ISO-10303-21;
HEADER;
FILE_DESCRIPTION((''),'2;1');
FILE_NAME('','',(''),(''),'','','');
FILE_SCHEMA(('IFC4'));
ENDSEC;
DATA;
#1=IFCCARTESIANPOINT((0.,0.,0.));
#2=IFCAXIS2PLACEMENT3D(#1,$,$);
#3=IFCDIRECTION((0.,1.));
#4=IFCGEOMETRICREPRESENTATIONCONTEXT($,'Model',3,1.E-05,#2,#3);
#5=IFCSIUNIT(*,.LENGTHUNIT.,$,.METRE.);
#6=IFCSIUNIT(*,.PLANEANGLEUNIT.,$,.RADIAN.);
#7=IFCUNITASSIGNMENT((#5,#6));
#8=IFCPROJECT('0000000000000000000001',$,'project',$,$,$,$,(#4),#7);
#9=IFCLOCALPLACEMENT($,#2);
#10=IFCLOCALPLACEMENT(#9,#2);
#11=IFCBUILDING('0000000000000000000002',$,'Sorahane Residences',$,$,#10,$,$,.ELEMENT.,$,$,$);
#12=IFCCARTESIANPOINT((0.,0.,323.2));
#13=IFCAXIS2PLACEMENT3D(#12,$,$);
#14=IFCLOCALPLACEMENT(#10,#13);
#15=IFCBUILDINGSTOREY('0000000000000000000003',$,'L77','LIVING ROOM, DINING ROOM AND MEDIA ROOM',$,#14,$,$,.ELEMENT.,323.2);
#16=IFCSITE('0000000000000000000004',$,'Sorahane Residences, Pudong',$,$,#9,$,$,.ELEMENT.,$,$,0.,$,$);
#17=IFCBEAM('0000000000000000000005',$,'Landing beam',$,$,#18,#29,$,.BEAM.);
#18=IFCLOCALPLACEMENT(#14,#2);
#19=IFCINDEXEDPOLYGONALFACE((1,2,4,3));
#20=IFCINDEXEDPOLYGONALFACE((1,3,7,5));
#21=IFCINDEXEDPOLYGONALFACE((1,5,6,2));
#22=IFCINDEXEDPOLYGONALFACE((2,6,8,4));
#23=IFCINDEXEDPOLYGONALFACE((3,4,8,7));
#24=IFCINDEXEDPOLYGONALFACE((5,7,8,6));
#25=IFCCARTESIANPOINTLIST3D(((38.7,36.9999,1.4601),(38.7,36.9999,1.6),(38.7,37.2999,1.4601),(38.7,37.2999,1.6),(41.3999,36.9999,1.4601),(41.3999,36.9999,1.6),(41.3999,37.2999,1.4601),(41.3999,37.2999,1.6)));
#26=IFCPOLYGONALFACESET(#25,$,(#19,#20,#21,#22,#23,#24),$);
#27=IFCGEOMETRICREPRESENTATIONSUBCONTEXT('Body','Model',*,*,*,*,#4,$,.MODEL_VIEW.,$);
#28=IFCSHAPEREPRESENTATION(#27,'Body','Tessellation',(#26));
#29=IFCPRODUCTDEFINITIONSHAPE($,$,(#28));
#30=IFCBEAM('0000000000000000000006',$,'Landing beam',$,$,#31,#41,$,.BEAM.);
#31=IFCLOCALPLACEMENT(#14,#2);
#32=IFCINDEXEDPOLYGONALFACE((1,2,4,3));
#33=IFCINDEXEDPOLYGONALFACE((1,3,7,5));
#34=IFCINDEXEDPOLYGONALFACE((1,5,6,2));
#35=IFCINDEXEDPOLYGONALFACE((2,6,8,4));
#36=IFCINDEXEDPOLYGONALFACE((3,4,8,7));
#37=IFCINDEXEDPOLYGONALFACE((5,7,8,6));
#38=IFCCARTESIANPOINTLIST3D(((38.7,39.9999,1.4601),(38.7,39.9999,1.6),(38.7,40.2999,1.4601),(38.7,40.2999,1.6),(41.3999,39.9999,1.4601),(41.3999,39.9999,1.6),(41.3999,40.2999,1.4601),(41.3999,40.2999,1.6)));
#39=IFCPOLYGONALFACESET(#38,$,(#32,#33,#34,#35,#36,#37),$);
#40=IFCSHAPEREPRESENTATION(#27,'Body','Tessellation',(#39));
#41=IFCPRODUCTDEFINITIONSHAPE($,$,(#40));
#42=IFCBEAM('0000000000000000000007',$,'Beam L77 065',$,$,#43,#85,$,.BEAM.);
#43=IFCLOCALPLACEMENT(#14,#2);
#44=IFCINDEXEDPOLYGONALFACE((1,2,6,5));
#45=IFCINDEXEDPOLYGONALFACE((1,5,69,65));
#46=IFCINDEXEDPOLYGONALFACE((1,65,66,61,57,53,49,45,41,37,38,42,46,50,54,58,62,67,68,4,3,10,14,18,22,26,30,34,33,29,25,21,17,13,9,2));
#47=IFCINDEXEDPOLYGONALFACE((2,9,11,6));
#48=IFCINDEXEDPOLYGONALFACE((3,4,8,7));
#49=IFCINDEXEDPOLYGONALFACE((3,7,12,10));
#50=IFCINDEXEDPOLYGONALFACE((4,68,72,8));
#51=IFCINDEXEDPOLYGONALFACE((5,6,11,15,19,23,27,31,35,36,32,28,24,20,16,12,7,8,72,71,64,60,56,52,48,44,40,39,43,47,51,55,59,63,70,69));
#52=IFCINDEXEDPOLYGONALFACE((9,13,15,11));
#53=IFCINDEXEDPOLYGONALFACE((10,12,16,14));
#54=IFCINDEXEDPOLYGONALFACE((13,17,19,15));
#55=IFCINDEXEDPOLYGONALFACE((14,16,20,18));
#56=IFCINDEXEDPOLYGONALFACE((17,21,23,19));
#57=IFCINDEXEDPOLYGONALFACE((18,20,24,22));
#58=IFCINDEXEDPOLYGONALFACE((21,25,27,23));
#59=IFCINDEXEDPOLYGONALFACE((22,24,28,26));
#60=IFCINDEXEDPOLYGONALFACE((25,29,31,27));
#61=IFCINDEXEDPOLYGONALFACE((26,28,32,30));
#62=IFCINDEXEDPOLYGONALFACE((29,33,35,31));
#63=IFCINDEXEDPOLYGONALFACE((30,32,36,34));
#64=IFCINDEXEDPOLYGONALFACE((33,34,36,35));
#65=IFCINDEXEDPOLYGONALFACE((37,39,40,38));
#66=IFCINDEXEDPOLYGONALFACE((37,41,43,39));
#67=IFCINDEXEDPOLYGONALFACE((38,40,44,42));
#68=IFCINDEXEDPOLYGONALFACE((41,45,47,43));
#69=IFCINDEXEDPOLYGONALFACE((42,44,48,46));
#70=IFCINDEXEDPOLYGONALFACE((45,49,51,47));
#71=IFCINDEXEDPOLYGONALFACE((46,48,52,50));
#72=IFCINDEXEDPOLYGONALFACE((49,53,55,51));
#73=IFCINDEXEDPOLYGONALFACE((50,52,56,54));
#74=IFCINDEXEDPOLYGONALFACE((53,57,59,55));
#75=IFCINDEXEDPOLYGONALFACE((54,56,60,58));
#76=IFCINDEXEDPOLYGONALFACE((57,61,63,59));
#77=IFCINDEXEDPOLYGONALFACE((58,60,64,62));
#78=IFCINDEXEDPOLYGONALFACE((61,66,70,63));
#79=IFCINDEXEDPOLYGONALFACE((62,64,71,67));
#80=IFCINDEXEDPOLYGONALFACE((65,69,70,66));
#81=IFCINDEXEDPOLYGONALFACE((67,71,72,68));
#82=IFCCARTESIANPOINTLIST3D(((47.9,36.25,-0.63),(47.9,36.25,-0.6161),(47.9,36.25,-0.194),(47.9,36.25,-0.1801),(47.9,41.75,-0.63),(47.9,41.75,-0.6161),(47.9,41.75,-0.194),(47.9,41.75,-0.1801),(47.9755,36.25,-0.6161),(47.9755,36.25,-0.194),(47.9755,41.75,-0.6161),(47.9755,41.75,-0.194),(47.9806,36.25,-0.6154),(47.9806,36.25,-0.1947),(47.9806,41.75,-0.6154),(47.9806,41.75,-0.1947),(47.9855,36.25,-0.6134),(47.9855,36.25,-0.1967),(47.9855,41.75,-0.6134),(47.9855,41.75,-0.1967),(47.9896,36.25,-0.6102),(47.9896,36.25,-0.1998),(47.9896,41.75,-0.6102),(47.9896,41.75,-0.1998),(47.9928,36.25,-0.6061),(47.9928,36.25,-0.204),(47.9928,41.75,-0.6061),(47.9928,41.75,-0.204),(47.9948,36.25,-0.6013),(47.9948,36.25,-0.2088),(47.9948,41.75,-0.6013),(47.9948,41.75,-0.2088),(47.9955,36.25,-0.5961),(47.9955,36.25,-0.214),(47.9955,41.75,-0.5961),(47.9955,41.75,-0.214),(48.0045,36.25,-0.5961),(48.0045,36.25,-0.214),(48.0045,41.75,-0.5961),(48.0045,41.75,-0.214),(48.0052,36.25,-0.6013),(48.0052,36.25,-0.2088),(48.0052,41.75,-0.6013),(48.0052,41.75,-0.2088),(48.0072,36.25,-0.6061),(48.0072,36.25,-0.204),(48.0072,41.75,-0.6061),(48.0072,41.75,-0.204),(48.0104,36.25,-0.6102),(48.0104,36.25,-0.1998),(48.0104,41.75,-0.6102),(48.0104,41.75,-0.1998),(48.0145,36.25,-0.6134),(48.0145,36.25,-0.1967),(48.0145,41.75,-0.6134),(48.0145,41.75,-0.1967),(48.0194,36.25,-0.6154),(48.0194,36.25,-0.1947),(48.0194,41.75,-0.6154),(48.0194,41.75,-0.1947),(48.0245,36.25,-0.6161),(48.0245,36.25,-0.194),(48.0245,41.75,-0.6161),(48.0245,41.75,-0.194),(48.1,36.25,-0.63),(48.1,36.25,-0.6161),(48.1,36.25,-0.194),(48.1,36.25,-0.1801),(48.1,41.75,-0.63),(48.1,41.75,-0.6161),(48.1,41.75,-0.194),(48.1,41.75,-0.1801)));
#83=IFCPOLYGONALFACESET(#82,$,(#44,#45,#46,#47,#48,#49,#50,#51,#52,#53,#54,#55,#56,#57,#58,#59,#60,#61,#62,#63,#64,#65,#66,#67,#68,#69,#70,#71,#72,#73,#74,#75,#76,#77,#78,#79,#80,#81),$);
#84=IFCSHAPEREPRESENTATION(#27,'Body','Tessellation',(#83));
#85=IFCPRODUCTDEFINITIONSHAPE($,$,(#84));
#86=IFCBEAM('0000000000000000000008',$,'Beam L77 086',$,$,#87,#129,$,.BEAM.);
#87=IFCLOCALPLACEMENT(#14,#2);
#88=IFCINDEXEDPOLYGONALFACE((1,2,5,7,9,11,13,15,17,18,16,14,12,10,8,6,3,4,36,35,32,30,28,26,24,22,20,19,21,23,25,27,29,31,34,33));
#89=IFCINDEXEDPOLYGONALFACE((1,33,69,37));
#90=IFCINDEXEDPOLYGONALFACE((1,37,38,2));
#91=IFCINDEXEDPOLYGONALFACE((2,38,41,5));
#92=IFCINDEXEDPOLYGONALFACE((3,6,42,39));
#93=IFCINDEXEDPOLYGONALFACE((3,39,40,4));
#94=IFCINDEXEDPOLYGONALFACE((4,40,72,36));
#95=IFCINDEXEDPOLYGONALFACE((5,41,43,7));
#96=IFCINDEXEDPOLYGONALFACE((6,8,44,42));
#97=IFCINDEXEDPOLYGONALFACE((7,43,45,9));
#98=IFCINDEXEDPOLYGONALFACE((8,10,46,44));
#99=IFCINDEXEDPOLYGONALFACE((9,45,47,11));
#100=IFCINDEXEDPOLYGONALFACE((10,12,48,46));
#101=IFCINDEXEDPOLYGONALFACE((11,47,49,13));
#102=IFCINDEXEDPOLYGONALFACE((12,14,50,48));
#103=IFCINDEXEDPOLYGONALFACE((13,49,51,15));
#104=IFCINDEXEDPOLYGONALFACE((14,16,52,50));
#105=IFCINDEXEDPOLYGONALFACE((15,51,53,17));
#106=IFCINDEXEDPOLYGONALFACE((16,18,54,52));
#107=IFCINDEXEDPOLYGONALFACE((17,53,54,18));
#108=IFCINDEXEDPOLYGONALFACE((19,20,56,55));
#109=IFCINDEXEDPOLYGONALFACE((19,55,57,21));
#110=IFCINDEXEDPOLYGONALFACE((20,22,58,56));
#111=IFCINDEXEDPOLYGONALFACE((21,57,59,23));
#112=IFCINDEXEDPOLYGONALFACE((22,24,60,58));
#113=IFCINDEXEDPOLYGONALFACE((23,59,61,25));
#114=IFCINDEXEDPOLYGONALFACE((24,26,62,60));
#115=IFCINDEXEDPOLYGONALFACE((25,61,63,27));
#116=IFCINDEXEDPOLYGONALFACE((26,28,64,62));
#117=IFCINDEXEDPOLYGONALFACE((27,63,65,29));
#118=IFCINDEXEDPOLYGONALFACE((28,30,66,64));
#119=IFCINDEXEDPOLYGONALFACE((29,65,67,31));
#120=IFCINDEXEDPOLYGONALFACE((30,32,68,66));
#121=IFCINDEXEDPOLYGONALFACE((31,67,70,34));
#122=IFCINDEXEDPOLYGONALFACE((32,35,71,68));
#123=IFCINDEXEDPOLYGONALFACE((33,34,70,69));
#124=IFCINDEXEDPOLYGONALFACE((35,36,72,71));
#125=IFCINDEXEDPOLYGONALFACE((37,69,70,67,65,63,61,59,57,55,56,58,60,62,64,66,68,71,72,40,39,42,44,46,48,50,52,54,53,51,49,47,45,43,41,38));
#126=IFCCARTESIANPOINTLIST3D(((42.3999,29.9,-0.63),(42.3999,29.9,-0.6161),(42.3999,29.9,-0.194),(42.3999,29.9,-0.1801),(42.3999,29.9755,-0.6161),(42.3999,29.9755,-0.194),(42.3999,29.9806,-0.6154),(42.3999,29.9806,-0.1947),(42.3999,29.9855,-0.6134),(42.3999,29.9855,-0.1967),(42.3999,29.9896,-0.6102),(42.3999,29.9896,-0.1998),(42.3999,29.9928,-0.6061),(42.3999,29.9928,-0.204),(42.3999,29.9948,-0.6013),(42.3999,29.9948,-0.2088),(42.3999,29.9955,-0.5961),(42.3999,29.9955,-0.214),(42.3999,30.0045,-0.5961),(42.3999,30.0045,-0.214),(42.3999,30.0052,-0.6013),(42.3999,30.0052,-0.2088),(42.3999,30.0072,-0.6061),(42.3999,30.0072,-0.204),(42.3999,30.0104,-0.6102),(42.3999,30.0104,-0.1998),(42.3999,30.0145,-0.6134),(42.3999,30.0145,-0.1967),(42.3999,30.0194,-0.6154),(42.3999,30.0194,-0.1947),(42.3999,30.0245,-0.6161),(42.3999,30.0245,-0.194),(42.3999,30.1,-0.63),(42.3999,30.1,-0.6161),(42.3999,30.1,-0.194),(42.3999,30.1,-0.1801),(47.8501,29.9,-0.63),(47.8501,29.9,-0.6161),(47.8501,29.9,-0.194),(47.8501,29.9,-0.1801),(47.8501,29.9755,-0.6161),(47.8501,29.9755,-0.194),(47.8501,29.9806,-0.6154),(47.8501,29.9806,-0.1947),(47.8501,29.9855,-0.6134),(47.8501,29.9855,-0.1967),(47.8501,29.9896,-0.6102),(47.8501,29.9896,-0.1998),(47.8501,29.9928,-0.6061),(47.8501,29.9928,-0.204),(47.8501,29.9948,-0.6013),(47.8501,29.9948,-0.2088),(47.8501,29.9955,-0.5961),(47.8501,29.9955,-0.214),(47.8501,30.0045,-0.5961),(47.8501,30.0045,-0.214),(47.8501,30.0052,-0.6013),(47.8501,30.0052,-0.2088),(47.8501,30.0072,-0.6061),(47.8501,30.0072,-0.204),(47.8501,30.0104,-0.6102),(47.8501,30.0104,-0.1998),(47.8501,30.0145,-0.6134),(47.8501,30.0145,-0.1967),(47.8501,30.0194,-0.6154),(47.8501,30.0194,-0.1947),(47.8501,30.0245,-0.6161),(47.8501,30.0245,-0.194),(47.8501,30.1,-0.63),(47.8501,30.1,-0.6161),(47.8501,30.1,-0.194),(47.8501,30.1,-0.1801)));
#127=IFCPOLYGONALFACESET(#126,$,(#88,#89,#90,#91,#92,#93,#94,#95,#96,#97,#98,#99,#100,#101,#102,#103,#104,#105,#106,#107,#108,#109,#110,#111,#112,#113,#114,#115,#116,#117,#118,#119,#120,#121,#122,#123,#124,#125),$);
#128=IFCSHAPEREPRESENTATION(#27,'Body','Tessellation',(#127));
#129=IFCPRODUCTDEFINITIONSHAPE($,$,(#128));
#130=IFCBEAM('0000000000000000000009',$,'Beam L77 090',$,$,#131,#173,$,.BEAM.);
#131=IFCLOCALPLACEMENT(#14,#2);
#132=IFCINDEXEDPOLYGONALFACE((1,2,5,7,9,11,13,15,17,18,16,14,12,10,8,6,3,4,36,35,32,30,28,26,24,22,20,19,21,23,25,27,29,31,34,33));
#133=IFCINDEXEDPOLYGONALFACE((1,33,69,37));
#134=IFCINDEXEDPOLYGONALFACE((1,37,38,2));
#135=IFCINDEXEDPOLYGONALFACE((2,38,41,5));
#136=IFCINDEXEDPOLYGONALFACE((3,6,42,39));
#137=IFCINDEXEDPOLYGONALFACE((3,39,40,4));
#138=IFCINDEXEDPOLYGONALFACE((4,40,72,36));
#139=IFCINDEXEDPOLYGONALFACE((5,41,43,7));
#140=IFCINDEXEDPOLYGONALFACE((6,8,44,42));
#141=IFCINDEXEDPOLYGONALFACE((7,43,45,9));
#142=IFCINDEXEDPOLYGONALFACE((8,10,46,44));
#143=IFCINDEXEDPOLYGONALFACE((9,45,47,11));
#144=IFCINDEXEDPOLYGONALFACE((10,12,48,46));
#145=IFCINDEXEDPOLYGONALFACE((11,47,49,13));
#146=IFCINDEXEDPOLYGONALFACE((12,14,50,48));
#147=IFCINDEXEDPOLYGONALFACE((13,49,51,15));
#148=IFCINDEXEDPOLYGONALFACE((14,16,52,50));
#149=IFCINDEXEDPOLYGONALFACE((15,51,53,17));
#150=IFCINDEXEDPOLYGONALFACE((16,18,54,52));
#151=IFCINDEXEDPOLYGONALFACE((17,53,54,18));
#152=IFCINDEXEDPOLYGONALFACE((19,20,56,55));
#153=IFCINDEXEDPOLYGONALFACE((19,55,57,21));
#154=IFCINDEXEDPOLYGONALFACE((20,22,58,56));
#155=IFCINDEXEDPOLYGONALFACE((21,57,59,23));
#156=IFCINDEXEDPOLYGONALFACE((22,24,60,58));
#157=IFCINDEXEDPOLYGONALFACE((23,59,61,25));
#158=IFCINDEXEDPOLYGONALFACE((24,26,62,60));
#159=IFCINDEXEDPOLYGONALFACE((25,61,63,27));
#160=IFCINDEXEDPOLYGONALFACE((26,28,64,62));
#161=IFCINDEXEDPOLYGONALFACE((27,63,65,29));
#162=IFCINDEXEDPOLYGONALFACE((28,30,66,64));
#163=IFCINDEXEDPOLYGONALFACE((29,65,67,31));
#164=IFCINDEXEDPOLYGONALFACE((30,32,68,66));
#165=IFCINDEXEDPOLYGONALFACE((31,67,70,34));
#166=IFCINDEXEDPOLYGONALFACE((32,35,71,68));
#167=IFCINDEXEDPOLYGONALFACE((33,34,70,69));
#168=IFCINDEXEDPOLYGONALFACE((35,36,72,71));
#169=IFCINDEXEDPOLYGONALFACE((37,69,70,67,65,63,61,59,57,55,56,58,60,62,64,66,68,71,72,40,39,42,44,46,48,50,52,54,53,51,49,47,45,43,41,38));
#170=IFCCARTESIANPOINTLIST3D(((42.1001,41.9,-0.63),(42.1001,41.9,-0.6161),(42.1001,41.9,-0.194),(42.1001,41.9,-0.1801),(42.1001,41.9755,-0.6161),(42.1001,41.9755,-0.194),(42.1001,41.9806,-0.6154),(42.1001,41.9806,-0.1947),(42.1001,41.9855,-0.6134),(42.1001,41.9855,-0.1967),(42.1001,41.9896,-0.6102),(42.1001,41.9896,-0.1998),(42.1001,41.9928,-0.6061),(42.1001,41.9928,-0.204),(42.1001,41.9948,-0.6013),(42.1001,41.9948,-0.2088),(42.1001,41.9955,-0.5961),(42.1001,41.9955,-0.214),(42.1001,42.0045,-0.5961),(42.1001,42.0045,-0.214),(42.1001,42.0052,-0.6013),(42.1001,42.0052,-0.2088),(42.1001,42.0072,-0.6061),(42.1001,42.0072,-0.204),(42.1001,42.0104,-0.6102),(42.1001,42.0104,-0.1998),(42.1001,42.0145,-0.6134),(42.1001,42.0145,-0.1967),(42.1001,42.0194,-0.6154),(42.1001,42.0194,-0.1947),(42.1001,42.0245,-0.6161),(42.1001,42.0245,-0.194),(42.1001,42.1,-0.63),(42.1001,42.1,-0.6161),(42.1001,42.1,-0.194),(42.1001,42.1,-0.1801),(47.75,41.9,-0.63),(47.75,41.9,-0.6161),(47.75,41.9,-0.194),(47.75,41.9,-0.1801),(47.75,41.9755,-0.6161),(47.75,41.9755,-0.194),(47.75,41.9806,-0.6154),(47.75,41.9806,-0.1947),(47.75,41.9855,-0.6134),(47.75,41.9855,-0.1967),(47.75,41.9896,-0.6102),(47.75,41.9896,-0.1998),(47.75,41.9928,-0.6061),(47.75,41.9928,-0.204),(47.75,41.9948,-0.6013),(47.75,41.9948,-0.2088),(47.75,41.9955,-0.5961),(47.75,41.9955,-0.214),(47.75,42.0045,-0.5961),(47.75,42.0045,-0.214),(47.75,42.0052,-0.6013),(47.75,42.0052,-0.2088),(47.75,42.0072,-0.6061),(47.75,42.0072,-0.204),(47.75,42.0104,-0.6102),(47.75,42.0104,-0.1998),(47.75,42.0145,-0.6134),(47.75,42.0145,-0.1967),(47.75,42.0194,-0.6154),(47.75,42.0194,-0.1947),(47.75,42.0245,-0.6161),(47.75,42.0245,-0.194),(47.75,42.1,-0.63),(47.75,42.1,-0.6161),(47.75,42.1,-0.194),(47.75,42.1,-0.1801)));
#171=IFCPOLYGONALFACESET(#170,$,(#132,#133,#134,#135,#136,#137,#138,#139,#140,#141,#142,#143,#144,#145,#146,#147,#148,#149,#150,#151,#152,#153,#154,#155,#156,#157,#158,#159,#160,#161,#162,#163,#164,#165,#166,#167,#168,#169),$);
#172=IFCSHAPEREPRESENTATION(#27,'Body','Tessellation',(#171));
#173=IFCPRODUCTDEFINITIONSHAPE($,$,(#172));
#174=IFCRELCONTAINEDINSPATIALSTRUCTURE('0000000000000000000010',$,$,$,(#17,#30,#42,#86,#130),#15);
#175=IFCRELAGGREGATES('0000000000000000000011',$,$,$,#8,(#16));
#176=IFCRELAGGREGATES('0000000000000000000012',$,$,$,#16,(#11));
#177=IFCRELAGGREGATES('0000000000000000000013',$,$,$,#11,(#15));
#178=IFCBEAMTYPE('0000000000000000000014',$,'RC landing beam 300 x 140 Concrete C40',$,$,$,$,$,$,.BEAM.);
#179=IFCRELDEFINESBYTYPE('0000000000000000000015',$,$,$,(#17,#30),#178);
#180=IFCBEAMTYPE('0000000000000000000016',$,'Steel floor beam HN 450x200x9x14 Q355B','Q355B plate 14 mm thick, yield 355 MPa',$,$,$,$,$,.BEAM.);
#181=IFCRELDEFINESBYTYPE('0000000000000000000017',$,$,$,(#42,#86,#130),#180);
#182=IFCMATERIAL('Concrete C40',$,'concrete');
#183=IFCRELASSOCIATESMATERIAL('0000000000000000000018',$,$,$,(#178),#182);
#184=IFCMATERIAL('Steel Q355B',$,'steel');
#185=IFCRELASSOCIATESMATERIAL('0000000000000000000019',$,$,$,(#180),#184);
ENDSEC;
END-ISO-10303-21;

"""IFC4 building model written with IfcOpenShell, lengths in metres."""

from ifc_helpers import new_model, si_unit, direction, frame, origin, origin_2d, place, context, subcontext, project, spatial, rectangle, i_section, extrude, material, material_profile, profile_set, type_object, element, save


model = new_model("IFC4")

# Units and contexts
model_context = context("Model", 3, precision=1e-05, world=origin(), true_north=direction((0.0, 1.0)))
body_context = subcontext(model_context, "Body", "Model", "MODEL_VIEW")
ifc_project = project(units=[si_unit("LENGTHUNIT", "METRE"), si_unit("PLANEANGLEUNIT", "RADIAN")], contexts=[model_context])

# Site, building, storey
site_placement = place(None, origin())
site = spatial("IfcSite", under=ifc_project, at=site_placement, Name="Sorahane Residences, Pudong", CompositionType="ELEMENT", RefElevation=0.0)
building_placement = place(site_placement, origin())
building = spatial("IfcBuilding", under=site, at=building_placement, Name="Sorahane Residences", CompositionType="ELEMENT")
storey_placement = place(building_placement, frame((0.0, 0.0, 323.2)))
storey = spatial("IfcBuildingStorey", under=building, at=storey_placement, Name="L77", Description="LIVING ROOM, DINING ROOM AND MEDIA ROOM", CompositionType="ELEMENT", Elevation=323.2)

# Beams
ifc_material_1 = material(Name="Concrete C40", Category="concrete")
ifc_material_profile_1 = material_profile(ifc_material_1, rectangle(XDim=0.3, YDim=0.1399, at=origin_2d()), Name="300x140")
ifc_profile_set_1 = profile_set([ifc_material_profile_1], Name="Concrete C40")
beam_type_1 = type_object("IfcBeamType", Name="RC landing beam 300 x 140 Concrete C40", PredefinedType="BEAM", material=ifc_profile_set_1)
for number, where, z_axis, x_axis, name in (
    (1, (38.7, 37.1499, 1.53), (1.0, 0.0, 0.0), (0.0, 1.0, 0.0), "Landing beam"),
    (2, (38.7, 40.1499, 1.53), (1.0, 0.0, 0.0), (0.0, 1.0, 0.0), "Landing beam"),
):
    element("IfcBeam", number, at=place(storey_placement, frame(where, z_axis=z_axis, x_axis=x_axis)), inside=storey, type_object=beam_type_1, Name=name, PredefinedType="BEAM", context=body_context, shape_type="SweptSolid", body=[
        extrude(rectangle(XDim=0.3, YDim=0.1399, at=origin_2d()), origin(), (0.0, 0.0, 1.0), 2.7),
    ])
ifc_material_2 = material(Name="Steel Q355B", Category="steel")
ifc_material_profile_2 = material_profile(ifc_material_2, i_section(OverallWidth=0.2, OverallDepth=0.45, WebThickness=0.009, FlangeThickness=0.0139, FilletRadius=0.02, at=origin_2d()), Name="HN 450x200x9x14")
ifc_profile_set_2 = profile_set([ifc_material_profile_2], Name="Steel Q355B")
beam_type_2 = type_object("IfcBeamType", Name="Steel floor beam HN 450x200x9x14 Q355B", Description="Q355B plate 14 mm thick, yield 355 MPa", PredefinedType="BEAM", material=ifc_profile_set_2)
beam_1_placement = place(storey_placement, frame((48.0, 36.25, -0.405), z_axis=(0.0, 1.0, 0.0), x_axis=(-1.0, 0.0, 0.0)))
element("IfcBeam", 3, at=beam_1_placement, inside=storey, type_object=beam_type_2, Name="Beam L77 065", PredefinedType="BEAM", context=body_context, shape_type="SweptSolid", body=[
    extrude(i_section(OverallWidth=0.2, OverallDepth=0.45, WebThickness=0.009, FlangeThickness=0.0139, FilletRadius=0.02, at=origin_2d()), origin(), (0.0, 0.0, 1.0), 5.5),
])
beam_2_placement = place(storey_placement, frame((42.3999, 30.0, -0.405), z_axis=(1.0, 0.0, 0.0), x_axis=(0.0, 1.0, 0.0)))
element("IfcBeam", 4, at=beam_2_placement, inside=storey, type_object=beam_type_2, Name="Beam L77 086", PredefinedType="BEAM", context=body_context, shape_type="SweptSolid", body=[
    extrude(i_section(OverallWidth=0.2, OverallDepth=0.45, WebThickness=0.009, FlangeThickness=0.0139, FilletRadius=0.02, at=origin_2d()), origin(), (0.0, 0.0, 1.0), 5.4502),
])
beam_3_placement = place(storey_placement, frame((42.1001, 42.0, -0.405), z_axis=(1.0, 0.0, 0.0), x_axis=(0.0, 1.0, 0.0)))
element("IfcBeam", 5, at=beam_3_placement, inside=storey, type_object=beam_type_2, Name="Beam L77 090", PredefinedType="BEAM", context=body_context, shape_type="SweptSolid", body=[
    extrude(i_section(OverallWidth=0.2, OverallDepth=0.45, WebThickness=0.009, FlangeThickness=0.0139, FilletRadius=0.02, at=origin_2d()), origin(), (0.0, 0.0, 1.0), 5.6499),
])

save(model, "model.ifc")
